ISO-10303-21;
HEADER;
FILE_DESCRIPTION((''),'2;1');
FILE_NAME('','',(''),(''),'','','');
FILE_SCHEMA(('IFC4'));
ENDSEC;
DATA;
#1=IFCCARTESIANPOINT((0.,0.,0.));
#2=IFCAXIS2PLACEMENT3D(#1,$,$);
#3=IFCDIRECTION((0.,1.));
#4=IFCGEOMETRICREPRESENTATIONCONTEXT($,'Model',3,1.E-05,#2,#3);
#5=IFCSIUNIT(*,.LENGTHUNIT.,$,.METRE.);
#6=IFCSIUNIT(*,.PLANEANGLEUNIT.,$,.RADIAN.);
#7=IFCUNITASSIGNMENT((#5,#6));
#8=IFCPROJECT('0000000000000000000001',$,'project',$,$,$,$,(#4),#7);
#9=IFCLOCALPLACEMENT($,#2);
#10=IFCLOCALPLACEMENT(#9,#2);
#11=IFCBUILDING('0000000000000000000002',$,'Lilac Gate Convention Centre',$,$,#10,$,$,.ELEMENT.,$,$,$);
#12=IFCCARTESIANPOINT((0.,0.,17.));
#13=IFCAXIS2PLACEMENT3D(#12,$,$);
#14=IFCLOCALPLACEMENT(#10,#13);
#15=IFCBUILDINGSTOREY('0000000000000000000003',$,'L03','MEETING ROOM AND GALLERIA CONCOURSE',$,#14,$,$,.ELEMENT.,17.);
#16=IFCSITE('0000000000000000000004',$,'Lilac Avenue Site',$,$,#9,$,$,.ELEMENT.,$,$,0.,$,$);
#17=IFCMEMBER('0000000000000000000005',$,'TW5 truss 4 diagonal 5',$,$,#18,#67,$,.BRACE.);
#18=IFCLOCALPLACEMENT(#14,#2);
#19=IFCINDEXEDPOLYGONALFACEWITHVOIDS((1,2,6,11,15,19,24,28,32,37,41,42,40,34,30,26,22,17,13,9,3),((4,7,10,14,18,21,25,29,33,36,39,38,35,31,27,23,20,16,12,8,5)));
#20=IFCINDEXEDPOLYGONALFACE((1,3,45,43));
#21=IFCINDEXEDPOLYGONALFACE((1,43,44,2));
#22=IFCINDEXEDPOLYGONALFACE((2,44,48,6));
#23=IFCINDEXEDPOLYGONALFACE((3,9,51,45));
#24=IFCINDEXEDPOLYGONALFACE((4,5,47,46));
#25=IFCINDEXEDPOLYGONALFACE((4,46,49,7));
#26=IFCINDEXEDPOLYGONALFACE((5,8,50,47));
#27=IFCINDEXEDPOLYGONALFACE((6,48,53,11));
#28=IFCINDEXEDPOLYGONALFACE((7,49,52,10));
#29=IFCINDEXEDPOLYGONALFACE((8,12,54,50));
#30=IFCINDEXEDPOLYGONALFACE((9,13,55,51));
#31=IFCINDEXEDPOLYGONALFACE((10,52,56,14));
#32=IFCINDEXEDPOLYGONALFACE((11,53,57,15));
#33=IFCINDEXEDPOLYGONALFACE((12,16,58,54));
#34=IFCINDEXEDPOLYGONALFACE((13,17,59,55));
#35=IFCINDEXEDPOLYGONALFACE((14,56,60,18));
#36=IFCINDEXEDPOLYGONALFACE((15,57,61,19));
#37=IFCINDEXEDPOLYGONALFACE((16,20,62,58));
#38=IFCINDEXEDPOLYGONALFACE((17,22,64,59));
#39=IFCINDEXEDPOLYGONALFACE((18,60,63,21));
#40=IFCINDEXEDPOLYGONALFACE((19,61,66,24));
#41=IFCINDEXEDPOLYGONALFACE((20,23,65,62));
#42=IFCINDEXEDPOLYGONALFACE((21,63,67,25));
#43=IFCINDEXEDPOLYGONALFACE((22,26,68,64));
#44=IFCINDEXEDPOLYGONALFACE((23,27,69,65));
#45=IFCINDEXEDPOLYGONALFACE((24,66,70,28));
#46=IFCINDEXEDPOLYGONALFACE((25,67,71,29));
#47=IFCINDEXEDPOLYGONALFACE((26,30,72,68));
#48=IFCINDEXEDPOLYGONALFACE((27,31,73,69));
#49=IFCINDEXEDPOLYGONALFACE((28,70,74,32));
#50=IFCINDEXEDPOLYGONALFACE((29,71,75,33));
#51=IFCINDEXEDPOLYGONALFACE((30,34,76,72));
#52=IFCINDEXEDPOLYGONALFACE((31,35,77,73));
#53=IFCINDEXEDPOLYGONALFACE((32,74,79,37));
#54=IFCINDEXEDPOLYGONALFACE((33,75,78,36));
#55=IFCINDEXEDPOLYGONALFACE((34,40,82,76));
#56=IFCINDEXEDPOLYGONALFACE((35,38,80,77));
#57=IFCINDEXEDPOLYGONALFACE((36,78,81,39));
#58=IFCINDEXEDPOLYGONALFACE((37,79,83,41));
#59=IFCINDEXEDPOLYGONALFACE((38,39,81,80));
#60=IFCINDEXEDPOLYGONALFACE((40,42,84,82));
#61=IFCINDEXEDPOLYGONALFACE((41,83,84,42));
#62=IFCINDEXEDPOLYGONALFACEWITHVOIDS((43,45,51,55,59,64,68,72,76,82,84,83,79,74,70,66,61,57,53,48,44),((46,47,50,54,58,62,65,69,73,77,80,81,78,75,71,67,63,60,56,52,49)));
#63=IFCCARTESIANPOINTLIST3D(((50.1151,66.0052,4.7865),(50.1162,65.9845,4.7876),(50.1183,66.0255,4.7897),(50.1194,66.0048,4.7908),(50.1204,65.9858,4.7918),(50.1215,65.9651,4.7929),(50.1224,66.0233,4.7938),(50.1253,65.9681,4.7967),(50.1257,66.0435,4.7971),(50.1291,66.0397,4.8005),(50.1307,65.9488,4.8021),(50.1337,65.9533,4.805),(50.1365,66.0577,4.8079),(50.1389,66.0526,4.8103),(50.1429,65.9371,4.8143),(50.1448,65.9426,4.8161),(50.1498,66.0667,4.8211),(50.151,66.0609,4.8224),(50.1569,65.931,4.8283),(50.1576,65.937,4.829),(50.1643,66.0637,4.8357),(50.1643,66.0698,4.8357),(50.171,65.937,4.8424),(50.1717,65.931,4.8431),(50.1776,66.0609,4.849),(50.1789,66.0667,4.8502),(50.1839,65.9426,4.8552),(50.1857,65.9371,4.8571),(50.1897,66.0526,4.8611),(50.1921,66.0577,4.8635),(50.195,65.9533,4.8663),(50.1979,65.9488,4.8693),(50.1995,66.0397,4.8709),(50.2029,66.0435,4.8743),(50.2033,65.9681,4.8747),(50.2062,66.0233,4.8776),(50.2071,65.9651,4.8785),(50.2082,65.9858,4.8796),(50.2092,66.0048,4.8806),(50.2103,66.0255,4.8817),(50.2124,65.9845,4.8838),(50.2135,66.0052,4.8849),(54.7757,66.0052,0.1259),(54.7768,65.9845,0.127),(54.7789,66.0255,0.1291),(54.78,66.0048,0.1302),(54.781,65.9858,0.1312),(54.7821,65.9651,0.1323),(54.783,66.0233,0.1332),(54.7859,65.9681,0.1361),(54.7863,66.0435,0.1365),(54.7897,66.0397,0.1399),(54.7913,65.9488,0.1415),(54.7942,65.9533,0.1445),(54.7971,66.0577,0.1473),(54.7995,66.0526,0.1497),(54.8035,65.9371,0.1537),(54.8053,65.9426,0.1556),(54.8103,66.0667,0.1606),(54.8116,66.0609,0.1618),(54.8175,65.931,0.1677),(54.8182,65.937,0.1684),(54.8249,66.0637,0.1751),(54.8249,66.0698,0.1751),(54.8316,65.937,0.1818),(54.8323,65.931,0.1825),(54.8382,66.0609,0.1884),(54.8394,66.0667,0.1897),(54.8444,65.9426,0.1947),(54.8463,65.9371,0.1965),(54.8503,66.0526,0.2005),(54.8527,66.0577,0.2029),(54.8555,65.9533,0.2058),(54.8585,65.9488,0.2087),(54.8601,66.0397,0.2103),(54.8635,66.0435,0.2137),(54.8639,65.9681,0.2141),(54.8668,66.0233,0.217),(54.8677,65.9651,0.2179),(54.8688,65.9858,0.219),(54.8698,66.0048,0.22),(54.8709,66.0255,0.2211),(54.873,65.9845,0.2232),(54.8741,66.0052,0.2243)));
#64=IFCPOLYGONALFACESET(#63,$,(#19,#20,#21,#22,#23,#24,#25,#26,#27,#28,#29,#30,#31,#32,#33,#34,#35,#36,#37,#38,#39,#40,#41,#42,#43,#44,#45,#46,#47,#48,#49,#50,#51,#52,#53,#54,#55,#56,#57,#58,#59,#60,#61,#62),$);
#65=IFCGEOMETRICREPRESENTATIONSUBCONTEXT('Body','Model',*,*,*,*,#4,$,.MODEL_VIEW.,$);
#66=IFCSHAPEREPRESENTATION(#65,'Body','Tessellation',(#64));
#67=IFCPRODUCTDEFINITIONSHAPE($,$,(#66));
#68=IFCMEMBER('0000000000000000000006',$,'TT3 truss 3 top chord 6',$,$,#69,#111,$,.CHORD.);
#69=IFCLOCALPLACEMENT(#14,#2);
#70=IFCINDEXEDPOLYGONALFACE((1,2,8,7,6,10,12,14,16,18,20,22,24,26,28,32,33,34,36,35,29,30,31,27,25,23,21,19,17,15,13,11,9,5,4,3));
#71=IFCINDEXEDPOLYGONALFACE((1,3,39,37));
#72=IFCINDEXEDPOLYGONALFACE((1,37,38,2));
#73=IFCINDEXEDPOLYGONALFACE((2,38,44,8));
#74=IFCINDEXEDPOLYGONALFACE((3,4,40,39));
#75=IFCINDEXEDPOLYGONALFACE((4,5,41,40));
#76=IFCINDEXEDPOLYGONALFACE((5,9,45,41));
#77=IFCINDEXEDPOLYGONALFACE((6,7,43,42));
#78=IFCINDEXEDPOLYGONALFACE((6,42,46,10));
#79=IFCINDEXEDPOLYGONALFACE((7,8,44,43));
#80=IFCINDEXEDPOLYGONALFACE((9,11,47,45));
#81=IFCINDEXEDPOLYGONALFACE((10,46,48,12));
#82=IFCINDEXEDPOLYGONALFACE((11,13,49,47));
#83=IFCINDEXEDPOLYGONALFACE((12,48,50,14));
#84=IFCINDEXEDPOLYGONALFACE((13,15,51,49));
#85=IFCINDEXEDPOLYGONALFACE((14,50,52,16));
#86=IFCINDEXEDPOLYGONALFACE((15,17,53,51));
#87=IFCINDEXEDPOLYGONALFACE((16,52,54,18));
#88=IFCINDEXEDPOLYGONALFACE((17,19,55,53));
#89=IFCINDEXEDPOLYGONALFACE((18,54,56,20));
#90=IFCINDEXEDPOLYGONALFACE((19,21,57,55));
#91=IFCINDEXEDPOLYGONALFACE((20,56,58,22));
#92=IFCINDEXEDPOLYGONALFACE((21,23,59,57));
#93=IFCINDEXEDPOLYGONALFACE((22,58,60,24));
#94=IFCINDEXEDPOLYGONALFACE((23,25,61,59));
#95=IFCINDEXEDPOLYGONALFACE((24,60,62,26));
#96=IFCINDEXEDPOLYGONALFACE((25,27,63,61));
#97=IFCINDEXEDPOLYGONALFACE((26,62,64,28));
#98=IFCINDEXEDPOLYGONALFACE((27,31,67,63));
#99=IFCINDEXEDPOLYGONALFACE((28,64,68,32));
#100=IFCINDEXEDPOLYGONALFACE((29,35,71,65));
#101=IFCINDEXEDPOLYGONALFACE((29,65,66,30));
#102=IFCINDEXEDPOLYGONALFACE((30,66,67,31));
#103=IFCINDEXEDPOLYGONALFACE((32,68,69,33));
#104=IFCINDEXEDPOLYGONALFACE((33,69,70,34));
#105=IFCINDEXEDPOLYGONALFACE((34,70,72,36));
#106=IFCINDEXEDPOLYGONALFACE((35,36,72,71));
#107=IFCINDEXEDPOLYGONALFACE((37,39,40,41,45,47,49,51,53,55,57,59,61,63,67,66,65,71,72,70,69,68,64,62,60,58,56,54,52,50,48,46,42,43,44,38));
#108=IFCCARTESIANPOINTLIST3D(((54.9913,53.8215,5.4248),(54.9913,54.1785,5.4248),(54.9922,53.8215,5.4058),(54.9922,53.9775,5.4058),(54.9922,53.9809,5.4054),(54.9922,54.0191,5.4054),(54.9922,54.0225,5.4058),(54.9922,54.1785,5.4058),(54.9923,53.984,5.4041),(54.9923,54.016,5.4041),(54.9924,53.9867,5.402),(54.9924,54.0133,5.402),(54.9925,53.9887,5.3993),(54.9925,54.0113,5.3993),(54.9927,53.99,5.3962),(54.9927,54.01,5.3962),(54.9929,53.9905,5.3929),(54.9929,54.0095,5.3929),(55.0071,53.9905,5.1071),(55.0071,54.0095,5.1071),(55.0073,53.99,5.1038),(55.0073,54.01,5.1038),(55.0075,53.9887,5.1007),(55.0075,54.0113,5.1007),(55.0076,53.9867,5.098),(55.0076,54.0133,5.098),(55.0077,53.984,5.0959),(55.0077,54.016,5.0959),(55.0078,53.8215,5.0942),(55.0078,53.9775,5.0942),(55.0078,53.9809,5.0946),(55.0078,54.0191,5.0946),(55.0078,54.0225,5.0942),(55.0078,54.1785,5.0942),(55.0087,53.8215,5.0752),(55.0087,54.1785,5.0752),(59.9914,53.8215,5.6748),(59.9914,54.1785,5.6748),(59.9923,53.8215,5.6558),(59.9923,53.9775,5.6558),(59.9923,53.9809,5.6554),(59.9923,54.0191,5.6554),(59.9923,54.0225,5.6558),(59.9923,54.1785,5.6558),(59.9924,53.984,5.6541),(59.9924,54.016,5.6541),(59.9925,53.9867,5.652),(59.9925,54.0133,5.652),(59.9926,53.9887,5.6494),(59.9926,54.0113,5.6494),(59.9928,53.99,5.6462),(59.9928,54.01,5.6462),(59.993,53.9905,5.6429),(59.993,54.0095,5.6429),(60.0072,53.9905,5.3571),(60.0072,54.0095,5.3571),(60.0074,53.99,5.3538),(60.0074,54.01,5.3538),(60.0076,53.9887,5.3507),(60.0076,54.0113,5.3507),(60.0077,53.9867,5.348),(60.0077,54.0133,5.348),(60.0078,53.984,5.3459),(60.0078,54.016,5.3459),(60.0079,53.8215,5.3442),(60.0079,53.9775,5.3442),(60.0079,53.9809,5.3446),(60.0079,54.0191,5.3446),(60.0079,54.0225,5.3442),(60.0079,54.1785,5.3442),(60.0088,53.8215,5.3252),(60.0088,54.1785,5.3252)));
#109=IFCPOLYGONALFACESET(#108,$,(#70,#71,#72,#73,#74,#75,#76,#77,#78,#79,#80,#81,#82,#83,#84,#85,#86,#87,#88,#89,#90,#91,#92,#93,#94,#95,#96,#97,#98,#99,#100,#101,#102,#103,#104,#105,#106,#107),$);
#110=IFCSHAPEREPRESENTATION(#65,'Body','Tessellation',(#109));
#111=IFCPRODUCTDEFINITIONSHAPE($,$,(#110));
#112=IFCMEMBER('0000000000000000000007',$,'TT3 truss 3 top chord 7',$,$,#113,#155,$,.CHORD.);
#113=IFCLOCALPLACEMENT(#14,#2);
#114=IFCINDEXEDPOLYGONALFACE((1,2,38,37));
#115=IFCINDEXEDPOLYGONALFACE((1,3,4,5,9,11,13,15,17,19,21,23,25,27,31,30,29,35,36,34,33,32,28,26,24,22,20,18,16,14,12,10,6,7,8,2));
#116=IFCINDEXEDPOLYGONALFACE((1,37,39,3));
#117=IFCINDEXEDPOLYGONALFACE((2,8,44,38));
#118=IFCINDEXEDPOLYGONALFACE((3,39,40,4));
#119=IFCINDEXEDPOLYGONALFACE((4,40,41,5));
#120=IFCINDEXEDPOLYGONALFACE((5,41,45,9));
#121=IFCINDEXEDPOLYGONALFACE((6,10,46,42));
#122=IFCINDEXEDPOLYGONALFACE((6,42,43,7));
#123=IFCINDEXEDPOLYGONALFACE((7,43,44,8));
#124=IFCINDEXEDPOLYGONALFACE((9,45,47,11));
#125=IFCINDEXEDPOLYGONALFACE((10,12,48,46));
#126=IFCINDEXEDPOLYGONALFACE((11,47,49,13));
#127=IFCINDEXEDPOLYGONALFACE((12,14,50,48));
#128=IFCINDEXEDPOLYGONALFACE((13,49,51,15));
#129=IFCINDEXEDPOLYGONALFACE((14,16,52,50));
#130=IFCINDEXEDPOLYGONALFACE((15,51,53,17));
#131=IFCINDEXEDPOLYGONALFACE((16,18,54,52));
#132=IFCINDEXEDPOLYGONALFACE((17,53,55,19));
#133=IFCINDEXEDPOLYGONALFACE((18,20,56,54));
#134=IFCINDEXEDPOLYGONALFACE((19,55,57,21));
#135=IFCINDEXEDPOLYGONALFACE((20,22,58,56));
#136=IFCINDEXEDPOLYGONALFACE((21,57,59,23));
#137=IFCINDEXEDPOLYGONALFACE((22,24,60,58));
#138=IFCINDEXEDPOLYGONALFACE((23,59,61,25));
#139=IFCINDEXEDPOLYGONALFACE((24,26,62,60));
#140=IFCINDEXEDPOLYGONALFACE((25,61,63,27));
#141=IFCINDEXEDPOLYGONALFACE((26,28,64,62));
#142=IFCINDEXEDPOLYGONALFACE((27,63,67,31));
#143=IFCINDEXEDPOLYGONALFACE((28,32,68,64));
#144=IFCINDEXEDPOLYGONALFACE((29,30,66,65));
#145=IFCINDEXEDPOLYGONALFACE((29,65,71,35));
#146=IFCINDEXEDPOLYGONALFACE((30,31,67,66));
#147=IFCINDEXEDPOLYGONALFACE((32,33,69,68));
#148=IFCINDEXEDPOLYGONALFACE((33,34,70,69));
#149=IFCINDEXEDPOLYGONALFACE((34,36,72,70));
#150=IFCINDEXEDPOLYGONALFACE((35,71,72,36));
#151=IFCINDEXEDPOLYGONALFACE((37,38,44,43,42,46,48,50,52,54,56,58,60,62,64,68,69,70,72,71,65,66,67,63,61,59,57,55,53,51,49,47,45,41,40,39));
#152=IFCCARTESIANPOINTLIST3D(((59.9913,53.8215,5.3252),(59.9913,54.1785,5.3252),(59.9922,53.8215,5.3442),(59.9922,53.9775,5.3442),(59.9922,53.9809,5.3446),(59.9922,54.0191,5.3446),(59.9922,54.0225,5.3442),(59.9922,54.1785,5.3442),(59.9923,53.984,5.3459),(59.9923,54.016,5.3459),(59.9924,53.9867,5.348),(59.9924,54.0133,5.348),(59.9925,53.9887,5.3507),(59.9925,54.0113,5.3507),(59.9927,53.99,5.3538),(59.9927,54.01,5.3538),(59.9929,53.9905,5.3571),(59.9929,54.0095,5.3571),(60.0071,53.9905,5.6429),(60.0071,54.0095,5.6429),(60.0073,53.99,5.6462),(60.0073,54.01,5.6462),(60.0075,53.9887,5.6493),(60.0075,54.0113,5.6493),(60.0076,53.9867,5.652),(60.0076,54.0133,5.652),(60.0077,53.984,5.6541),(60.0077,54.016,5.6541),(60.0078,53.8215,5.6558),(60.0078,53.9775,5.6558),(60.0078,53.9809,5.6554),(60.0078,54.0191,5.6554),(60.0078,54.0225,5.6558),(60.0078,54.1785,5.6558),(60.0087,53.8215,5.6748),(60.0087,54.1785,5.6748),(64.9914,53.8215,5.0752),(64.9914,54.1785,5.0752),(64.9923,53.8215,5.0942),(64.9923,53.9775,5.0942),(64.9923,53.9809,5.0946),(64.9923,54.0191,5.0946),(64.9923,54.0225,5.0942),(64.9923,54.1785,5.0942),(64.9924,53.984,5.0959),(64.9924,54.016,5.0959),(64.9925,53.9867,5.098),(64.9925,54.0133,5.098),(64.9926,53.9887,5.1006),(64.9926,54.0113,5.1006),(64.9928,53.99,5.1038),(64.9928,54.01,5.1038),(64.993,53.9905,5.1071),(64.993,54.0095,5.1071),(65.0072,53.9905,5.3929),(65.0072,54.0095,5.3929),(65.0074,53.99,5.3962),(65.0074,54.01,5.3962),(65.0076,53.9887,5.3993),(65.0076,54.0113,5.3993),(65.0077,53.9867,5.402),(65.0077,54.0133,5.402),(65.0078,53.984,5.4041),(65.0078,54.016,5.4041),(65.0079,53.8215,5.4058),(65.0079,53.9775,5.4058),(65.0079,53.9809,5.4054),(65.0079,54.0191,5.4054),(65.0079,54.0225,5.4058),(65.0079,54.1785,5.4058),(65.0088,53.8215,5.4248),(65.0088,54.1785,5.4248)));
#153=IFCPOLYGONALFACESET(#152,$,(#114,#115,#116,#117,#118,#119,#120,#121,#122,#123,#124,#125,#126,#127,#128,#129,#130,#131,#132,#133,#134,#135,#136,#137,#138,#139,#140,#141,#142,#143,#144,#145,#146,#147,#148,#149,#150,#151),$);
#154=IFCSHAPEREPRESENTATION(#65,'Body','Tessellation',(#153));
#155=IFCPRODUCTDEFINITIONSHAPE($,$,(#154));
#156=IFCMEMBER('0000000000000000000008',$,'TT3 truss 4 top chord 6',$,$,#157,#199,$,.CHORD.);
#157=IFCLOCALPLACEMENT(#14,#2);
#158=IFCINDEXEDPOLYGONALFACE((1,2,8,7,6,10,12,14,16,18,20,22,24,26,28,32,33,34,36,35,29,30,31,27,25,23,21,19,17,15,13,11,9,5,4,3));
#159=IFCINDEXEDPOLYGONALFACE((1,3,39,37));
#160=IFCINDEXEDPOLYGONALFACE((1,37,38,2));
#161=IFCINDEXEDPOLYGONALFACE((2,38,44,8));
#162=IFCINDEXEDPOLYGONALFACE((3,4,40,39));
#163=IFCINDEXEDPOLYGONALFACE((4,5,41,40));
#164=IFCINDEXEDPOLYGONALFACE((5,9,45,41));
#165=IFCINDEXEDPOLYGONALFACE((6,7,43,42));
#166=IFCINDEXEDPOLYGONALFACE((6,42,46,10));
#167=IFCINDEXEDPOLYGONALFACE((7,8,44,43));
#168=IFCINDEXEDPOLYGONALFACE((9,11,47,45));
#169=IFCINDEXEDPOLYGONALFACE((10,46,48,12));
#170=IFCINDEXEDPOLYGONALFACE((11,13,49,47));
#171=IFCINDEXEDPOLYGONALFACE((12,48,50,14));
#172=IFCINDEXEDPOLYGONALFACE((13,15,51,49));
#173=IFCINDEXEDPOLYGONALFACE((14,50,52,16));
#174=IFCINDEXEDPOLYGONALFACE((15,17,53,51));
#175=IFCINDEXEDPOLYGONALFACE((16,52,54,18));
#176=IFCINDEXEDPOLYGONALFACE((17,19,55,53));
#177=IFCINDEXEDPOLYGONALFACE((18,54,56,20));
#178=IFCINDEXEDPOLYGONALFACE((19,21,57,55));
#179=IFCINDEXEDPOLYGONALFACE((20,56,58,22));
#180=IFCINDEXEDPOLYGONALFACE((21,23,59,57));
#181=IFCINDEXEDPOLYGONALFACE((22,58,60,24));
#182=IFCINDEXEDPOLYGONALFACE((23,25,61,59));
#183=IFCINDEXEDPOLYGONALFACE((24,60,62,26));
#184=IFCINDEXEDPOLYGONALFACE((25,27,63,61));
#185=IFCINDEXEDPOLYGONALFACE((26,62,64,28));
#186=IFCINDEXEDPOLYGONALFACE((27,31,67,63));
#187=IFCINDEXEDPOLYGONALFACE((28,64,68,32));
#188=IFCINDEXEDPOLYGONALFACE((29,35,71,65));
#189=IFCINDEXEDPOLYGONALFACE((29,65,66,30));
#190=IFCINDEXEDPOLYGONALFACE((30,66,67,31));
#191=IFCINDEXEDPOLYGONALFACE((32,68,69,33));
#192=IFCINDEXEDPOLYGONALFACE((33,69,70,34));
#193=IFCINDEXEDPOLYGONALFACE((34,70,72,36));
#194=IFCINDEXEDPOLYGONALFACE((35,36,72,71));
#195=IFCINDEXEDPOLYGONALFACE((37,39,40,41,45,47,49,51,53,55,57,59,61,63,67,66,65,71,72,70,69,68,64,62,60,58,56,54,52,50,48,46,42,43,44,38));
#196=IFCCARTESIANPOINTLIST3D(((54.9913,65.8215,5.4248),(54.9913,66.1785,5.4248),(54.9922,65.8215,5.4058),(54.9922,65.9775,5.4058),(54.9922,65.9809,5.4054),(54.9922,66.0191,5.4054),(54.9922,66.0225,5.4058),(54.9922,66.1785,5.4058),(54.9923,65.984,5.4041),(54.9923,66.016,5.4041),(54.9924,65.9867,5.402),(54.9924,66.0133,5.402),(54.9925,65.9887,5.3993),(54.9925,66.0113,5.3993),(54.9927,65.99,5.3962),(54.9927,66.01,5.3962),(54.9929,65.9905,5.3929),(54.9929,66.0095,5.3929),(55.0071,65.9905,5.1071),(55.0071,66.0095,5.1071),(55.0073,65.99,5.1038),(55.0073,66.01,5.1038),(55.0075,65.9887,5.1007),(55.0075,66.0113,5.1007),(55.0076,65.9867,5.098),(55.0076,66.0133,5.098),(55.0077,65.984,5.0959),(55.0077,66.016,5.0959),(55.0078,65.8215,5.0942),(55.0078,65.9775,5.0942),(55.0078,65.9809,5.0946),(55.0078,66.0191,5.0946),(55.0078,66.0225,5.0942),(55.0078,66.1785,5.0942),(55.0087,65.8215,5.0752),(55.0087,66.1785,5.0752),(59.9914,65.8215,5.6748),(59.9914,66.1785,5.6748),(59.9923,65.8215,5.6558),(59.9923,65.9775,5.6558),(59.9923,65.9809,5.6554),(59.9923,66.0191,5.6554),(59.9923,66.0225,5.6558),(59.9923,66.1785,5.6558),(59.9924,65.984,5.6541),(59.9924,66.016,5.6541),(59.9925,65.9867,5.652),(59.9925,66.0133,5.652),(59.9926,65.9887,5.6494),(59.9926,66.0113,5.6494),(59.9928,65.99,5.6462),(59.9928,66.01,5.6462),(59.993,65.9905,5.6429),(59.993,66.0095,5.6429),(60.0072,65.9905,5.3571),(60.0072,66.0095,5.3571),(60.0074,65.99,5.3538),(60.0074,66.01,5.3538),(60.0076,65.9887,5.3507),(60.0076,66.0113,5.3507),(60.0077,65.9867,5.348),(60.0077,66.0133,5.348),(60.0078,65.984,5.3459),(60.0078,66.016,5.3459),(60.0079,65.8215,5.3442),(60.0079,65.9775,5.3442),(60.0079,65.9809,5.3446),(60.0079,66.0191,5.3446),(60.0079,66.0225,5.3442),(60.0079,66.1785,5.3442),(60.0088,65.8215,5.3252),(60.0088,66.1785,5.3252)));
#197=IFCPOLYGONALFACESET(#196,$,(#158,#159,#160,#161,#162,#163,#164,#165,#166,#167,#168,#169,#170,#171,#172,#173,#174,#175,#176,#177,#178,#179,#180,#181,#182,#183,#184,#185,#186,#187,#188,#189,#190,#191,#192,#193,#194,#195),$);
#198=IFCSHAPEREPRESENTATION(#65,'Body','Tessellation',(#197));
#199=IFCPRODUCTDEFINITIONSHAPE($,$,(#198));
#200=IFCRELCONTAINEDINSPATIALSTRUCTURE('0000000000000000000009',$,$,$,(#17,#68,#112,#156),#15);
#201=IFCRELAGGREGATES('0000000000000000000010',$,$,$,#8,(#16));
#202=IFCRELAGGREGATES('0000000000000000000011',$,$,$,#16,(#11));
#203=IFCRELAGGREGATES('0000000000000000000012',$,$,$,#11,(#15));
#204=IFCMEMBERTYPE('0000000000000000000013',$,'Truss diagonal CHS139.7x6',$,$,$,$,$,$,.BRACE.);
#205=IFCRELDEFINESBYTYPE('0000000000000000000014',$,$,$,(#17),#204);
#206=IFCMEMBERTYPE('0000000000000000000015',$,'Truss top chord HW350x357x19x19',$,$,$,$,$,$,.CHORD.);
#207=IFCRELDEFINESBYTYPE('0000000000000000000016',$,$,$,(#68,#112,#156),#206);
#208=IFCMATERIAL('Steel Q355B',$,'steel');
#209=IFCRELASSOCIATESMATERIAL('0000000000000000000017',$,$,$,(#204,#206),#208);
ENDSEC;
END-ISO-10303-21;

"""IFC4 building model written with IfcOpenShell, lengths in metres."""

from ifc_helpers import new_model, si_unit, direction, frame, origin, origin_2d, place, context, subcontext, project, spatial, hollow_circle, i_section, extrude, material, material_profile, profile_set, type_object, element, save


model = new_model("IFC4")

# Units and contexts
model_context = context("Model", 3, precision=1e-05, world=origin(), true_north=direction((0.0, 1.0)))
body_context = subcontext(model_context, "Body", "Model", "MODEL_VIEW")
ifc_project = project(units=[si_unit("LENGTHUNIT", "METRE"), si_unit("PLANEANGLEUNIT", "RADIAN")], contexts=[model_context])

# Site, building, storey
site_placement = place(None, origin())
site = spatial("IfcSite", under=ifc_project, at=site_placement, Name="Lilac Avenue Site", CompositionType="ELEMENT", RefElevation=0.0)
building_placement = place(site_placement, origin())
building = spatial("IfcBuilding", under=site, at=building_placement, Name="Lilac Gate Convention Centre", CompositionType="ELEMENT")
storey_placement = place(building_placement, frame((0.0, 0.0, 17.0)))
storey = spatial("IfcBuildingStorey", under=building, at=storey_placement, Name="L03", Description="MEETING ROOM AND GALLERIA CONCOURSE", CompositionType="ELEMENT", Elevation=17.0)

# Members
ifc_material = material(Name="Steel Q355B", Category="steel")
ifc_material_profile_1 = material_profile(ifc_material, hollow_circle(Radius=0.0698, WallThickness=0.0061, at=origin_2d()), Name="CHS139.7x6")
ifc_profile_set_1 = profile_set([ifc_material_profile_1], Name="Steel Q355B")
member_type_1 = type_object("IfcMemberType", Name="Truss diagonal CHS139.7x6", PredefinedType="BRACE", material=ifc_profile_set_1)
for number, where, z_axis, x_axis, name in (
    (1, (50.1643, 66.0, 4.8357), (0.707107, 0.0, -0.707107), (0.0, 1.0, 0.0), "TW5 truss 4 diagonal 5"),
):
    element("IfcMember", number, at=place(storey_placement, frame(where, z_axis=z_axis, x_axis=x_axis)), inside=storey, type_object=member_type_1, Name=name, PredefinedType="BRACE", context=body_context, shape_type="SweptSolid", body=[
        extrude(hollow_circle(Radius=0.0698, WallThickness=0.0061, at=origin_2d()), origin(), (0.0, 0.0, 1.0), 6.5911),
    ])
ifc_material_profile_2 = material_profile(ifc_material, i_section(OverallWidth=0.3569, OverallDepth=0.3501, WebThickness=0.019, FlangeThickness=0.019, FilletRadius=0.0129, at=origin_2d()), Name="HW350x357x19x19")
ifc_profile_set_2 = profile_set([ifc_material_profile_2], Name="Steel Q355B")
member_type_2 = type_object("IfcMemberType", Name="Truss top chord HW350x357x19x19", PredefinedType="CHORD", material=ifc_profile_set_2)
for number, where, z_axis, x_axis, name in (
    (2, (55.0, 54.0, 5.25), (0.998752, 0.0, 0.049938), (0.0, 1.0, 0.0), "TT3 truss 3 top chord 6"),
    (3, (60.0, 54.0, 5.5), (0.998752, 0.0, -0.049938), (0.0, 1.0, 0.0), "TT3 truss 3 top chord 7"),
    (4, (55.0, 66.0, 5.25), (0.998752, 0.0, 0.049938), (0.0, 1.0, 0.0), "TT3 truss 4 top chord 6"),
):
    element("IfcMember", number, at=place(storey_placement, frame(where, z_axis=z_axis, x_axis=x_axis)), inside=storey, type_object=member_type_2, Name=name, PredefinedType="CHORD", context=body_context, shape_type="SweptSolid", body=[
        extrude(i_section(OverallWidth=0.3569, OverallDepth=0.3501, WebThickness=0.019, FlangeThickness=0.019, FilletRadius=0.0129, at=origin_2d()), origin(), (0.0, 0.0, 1.0), 5.0063),
    ])

save(model, "model.ifc")
